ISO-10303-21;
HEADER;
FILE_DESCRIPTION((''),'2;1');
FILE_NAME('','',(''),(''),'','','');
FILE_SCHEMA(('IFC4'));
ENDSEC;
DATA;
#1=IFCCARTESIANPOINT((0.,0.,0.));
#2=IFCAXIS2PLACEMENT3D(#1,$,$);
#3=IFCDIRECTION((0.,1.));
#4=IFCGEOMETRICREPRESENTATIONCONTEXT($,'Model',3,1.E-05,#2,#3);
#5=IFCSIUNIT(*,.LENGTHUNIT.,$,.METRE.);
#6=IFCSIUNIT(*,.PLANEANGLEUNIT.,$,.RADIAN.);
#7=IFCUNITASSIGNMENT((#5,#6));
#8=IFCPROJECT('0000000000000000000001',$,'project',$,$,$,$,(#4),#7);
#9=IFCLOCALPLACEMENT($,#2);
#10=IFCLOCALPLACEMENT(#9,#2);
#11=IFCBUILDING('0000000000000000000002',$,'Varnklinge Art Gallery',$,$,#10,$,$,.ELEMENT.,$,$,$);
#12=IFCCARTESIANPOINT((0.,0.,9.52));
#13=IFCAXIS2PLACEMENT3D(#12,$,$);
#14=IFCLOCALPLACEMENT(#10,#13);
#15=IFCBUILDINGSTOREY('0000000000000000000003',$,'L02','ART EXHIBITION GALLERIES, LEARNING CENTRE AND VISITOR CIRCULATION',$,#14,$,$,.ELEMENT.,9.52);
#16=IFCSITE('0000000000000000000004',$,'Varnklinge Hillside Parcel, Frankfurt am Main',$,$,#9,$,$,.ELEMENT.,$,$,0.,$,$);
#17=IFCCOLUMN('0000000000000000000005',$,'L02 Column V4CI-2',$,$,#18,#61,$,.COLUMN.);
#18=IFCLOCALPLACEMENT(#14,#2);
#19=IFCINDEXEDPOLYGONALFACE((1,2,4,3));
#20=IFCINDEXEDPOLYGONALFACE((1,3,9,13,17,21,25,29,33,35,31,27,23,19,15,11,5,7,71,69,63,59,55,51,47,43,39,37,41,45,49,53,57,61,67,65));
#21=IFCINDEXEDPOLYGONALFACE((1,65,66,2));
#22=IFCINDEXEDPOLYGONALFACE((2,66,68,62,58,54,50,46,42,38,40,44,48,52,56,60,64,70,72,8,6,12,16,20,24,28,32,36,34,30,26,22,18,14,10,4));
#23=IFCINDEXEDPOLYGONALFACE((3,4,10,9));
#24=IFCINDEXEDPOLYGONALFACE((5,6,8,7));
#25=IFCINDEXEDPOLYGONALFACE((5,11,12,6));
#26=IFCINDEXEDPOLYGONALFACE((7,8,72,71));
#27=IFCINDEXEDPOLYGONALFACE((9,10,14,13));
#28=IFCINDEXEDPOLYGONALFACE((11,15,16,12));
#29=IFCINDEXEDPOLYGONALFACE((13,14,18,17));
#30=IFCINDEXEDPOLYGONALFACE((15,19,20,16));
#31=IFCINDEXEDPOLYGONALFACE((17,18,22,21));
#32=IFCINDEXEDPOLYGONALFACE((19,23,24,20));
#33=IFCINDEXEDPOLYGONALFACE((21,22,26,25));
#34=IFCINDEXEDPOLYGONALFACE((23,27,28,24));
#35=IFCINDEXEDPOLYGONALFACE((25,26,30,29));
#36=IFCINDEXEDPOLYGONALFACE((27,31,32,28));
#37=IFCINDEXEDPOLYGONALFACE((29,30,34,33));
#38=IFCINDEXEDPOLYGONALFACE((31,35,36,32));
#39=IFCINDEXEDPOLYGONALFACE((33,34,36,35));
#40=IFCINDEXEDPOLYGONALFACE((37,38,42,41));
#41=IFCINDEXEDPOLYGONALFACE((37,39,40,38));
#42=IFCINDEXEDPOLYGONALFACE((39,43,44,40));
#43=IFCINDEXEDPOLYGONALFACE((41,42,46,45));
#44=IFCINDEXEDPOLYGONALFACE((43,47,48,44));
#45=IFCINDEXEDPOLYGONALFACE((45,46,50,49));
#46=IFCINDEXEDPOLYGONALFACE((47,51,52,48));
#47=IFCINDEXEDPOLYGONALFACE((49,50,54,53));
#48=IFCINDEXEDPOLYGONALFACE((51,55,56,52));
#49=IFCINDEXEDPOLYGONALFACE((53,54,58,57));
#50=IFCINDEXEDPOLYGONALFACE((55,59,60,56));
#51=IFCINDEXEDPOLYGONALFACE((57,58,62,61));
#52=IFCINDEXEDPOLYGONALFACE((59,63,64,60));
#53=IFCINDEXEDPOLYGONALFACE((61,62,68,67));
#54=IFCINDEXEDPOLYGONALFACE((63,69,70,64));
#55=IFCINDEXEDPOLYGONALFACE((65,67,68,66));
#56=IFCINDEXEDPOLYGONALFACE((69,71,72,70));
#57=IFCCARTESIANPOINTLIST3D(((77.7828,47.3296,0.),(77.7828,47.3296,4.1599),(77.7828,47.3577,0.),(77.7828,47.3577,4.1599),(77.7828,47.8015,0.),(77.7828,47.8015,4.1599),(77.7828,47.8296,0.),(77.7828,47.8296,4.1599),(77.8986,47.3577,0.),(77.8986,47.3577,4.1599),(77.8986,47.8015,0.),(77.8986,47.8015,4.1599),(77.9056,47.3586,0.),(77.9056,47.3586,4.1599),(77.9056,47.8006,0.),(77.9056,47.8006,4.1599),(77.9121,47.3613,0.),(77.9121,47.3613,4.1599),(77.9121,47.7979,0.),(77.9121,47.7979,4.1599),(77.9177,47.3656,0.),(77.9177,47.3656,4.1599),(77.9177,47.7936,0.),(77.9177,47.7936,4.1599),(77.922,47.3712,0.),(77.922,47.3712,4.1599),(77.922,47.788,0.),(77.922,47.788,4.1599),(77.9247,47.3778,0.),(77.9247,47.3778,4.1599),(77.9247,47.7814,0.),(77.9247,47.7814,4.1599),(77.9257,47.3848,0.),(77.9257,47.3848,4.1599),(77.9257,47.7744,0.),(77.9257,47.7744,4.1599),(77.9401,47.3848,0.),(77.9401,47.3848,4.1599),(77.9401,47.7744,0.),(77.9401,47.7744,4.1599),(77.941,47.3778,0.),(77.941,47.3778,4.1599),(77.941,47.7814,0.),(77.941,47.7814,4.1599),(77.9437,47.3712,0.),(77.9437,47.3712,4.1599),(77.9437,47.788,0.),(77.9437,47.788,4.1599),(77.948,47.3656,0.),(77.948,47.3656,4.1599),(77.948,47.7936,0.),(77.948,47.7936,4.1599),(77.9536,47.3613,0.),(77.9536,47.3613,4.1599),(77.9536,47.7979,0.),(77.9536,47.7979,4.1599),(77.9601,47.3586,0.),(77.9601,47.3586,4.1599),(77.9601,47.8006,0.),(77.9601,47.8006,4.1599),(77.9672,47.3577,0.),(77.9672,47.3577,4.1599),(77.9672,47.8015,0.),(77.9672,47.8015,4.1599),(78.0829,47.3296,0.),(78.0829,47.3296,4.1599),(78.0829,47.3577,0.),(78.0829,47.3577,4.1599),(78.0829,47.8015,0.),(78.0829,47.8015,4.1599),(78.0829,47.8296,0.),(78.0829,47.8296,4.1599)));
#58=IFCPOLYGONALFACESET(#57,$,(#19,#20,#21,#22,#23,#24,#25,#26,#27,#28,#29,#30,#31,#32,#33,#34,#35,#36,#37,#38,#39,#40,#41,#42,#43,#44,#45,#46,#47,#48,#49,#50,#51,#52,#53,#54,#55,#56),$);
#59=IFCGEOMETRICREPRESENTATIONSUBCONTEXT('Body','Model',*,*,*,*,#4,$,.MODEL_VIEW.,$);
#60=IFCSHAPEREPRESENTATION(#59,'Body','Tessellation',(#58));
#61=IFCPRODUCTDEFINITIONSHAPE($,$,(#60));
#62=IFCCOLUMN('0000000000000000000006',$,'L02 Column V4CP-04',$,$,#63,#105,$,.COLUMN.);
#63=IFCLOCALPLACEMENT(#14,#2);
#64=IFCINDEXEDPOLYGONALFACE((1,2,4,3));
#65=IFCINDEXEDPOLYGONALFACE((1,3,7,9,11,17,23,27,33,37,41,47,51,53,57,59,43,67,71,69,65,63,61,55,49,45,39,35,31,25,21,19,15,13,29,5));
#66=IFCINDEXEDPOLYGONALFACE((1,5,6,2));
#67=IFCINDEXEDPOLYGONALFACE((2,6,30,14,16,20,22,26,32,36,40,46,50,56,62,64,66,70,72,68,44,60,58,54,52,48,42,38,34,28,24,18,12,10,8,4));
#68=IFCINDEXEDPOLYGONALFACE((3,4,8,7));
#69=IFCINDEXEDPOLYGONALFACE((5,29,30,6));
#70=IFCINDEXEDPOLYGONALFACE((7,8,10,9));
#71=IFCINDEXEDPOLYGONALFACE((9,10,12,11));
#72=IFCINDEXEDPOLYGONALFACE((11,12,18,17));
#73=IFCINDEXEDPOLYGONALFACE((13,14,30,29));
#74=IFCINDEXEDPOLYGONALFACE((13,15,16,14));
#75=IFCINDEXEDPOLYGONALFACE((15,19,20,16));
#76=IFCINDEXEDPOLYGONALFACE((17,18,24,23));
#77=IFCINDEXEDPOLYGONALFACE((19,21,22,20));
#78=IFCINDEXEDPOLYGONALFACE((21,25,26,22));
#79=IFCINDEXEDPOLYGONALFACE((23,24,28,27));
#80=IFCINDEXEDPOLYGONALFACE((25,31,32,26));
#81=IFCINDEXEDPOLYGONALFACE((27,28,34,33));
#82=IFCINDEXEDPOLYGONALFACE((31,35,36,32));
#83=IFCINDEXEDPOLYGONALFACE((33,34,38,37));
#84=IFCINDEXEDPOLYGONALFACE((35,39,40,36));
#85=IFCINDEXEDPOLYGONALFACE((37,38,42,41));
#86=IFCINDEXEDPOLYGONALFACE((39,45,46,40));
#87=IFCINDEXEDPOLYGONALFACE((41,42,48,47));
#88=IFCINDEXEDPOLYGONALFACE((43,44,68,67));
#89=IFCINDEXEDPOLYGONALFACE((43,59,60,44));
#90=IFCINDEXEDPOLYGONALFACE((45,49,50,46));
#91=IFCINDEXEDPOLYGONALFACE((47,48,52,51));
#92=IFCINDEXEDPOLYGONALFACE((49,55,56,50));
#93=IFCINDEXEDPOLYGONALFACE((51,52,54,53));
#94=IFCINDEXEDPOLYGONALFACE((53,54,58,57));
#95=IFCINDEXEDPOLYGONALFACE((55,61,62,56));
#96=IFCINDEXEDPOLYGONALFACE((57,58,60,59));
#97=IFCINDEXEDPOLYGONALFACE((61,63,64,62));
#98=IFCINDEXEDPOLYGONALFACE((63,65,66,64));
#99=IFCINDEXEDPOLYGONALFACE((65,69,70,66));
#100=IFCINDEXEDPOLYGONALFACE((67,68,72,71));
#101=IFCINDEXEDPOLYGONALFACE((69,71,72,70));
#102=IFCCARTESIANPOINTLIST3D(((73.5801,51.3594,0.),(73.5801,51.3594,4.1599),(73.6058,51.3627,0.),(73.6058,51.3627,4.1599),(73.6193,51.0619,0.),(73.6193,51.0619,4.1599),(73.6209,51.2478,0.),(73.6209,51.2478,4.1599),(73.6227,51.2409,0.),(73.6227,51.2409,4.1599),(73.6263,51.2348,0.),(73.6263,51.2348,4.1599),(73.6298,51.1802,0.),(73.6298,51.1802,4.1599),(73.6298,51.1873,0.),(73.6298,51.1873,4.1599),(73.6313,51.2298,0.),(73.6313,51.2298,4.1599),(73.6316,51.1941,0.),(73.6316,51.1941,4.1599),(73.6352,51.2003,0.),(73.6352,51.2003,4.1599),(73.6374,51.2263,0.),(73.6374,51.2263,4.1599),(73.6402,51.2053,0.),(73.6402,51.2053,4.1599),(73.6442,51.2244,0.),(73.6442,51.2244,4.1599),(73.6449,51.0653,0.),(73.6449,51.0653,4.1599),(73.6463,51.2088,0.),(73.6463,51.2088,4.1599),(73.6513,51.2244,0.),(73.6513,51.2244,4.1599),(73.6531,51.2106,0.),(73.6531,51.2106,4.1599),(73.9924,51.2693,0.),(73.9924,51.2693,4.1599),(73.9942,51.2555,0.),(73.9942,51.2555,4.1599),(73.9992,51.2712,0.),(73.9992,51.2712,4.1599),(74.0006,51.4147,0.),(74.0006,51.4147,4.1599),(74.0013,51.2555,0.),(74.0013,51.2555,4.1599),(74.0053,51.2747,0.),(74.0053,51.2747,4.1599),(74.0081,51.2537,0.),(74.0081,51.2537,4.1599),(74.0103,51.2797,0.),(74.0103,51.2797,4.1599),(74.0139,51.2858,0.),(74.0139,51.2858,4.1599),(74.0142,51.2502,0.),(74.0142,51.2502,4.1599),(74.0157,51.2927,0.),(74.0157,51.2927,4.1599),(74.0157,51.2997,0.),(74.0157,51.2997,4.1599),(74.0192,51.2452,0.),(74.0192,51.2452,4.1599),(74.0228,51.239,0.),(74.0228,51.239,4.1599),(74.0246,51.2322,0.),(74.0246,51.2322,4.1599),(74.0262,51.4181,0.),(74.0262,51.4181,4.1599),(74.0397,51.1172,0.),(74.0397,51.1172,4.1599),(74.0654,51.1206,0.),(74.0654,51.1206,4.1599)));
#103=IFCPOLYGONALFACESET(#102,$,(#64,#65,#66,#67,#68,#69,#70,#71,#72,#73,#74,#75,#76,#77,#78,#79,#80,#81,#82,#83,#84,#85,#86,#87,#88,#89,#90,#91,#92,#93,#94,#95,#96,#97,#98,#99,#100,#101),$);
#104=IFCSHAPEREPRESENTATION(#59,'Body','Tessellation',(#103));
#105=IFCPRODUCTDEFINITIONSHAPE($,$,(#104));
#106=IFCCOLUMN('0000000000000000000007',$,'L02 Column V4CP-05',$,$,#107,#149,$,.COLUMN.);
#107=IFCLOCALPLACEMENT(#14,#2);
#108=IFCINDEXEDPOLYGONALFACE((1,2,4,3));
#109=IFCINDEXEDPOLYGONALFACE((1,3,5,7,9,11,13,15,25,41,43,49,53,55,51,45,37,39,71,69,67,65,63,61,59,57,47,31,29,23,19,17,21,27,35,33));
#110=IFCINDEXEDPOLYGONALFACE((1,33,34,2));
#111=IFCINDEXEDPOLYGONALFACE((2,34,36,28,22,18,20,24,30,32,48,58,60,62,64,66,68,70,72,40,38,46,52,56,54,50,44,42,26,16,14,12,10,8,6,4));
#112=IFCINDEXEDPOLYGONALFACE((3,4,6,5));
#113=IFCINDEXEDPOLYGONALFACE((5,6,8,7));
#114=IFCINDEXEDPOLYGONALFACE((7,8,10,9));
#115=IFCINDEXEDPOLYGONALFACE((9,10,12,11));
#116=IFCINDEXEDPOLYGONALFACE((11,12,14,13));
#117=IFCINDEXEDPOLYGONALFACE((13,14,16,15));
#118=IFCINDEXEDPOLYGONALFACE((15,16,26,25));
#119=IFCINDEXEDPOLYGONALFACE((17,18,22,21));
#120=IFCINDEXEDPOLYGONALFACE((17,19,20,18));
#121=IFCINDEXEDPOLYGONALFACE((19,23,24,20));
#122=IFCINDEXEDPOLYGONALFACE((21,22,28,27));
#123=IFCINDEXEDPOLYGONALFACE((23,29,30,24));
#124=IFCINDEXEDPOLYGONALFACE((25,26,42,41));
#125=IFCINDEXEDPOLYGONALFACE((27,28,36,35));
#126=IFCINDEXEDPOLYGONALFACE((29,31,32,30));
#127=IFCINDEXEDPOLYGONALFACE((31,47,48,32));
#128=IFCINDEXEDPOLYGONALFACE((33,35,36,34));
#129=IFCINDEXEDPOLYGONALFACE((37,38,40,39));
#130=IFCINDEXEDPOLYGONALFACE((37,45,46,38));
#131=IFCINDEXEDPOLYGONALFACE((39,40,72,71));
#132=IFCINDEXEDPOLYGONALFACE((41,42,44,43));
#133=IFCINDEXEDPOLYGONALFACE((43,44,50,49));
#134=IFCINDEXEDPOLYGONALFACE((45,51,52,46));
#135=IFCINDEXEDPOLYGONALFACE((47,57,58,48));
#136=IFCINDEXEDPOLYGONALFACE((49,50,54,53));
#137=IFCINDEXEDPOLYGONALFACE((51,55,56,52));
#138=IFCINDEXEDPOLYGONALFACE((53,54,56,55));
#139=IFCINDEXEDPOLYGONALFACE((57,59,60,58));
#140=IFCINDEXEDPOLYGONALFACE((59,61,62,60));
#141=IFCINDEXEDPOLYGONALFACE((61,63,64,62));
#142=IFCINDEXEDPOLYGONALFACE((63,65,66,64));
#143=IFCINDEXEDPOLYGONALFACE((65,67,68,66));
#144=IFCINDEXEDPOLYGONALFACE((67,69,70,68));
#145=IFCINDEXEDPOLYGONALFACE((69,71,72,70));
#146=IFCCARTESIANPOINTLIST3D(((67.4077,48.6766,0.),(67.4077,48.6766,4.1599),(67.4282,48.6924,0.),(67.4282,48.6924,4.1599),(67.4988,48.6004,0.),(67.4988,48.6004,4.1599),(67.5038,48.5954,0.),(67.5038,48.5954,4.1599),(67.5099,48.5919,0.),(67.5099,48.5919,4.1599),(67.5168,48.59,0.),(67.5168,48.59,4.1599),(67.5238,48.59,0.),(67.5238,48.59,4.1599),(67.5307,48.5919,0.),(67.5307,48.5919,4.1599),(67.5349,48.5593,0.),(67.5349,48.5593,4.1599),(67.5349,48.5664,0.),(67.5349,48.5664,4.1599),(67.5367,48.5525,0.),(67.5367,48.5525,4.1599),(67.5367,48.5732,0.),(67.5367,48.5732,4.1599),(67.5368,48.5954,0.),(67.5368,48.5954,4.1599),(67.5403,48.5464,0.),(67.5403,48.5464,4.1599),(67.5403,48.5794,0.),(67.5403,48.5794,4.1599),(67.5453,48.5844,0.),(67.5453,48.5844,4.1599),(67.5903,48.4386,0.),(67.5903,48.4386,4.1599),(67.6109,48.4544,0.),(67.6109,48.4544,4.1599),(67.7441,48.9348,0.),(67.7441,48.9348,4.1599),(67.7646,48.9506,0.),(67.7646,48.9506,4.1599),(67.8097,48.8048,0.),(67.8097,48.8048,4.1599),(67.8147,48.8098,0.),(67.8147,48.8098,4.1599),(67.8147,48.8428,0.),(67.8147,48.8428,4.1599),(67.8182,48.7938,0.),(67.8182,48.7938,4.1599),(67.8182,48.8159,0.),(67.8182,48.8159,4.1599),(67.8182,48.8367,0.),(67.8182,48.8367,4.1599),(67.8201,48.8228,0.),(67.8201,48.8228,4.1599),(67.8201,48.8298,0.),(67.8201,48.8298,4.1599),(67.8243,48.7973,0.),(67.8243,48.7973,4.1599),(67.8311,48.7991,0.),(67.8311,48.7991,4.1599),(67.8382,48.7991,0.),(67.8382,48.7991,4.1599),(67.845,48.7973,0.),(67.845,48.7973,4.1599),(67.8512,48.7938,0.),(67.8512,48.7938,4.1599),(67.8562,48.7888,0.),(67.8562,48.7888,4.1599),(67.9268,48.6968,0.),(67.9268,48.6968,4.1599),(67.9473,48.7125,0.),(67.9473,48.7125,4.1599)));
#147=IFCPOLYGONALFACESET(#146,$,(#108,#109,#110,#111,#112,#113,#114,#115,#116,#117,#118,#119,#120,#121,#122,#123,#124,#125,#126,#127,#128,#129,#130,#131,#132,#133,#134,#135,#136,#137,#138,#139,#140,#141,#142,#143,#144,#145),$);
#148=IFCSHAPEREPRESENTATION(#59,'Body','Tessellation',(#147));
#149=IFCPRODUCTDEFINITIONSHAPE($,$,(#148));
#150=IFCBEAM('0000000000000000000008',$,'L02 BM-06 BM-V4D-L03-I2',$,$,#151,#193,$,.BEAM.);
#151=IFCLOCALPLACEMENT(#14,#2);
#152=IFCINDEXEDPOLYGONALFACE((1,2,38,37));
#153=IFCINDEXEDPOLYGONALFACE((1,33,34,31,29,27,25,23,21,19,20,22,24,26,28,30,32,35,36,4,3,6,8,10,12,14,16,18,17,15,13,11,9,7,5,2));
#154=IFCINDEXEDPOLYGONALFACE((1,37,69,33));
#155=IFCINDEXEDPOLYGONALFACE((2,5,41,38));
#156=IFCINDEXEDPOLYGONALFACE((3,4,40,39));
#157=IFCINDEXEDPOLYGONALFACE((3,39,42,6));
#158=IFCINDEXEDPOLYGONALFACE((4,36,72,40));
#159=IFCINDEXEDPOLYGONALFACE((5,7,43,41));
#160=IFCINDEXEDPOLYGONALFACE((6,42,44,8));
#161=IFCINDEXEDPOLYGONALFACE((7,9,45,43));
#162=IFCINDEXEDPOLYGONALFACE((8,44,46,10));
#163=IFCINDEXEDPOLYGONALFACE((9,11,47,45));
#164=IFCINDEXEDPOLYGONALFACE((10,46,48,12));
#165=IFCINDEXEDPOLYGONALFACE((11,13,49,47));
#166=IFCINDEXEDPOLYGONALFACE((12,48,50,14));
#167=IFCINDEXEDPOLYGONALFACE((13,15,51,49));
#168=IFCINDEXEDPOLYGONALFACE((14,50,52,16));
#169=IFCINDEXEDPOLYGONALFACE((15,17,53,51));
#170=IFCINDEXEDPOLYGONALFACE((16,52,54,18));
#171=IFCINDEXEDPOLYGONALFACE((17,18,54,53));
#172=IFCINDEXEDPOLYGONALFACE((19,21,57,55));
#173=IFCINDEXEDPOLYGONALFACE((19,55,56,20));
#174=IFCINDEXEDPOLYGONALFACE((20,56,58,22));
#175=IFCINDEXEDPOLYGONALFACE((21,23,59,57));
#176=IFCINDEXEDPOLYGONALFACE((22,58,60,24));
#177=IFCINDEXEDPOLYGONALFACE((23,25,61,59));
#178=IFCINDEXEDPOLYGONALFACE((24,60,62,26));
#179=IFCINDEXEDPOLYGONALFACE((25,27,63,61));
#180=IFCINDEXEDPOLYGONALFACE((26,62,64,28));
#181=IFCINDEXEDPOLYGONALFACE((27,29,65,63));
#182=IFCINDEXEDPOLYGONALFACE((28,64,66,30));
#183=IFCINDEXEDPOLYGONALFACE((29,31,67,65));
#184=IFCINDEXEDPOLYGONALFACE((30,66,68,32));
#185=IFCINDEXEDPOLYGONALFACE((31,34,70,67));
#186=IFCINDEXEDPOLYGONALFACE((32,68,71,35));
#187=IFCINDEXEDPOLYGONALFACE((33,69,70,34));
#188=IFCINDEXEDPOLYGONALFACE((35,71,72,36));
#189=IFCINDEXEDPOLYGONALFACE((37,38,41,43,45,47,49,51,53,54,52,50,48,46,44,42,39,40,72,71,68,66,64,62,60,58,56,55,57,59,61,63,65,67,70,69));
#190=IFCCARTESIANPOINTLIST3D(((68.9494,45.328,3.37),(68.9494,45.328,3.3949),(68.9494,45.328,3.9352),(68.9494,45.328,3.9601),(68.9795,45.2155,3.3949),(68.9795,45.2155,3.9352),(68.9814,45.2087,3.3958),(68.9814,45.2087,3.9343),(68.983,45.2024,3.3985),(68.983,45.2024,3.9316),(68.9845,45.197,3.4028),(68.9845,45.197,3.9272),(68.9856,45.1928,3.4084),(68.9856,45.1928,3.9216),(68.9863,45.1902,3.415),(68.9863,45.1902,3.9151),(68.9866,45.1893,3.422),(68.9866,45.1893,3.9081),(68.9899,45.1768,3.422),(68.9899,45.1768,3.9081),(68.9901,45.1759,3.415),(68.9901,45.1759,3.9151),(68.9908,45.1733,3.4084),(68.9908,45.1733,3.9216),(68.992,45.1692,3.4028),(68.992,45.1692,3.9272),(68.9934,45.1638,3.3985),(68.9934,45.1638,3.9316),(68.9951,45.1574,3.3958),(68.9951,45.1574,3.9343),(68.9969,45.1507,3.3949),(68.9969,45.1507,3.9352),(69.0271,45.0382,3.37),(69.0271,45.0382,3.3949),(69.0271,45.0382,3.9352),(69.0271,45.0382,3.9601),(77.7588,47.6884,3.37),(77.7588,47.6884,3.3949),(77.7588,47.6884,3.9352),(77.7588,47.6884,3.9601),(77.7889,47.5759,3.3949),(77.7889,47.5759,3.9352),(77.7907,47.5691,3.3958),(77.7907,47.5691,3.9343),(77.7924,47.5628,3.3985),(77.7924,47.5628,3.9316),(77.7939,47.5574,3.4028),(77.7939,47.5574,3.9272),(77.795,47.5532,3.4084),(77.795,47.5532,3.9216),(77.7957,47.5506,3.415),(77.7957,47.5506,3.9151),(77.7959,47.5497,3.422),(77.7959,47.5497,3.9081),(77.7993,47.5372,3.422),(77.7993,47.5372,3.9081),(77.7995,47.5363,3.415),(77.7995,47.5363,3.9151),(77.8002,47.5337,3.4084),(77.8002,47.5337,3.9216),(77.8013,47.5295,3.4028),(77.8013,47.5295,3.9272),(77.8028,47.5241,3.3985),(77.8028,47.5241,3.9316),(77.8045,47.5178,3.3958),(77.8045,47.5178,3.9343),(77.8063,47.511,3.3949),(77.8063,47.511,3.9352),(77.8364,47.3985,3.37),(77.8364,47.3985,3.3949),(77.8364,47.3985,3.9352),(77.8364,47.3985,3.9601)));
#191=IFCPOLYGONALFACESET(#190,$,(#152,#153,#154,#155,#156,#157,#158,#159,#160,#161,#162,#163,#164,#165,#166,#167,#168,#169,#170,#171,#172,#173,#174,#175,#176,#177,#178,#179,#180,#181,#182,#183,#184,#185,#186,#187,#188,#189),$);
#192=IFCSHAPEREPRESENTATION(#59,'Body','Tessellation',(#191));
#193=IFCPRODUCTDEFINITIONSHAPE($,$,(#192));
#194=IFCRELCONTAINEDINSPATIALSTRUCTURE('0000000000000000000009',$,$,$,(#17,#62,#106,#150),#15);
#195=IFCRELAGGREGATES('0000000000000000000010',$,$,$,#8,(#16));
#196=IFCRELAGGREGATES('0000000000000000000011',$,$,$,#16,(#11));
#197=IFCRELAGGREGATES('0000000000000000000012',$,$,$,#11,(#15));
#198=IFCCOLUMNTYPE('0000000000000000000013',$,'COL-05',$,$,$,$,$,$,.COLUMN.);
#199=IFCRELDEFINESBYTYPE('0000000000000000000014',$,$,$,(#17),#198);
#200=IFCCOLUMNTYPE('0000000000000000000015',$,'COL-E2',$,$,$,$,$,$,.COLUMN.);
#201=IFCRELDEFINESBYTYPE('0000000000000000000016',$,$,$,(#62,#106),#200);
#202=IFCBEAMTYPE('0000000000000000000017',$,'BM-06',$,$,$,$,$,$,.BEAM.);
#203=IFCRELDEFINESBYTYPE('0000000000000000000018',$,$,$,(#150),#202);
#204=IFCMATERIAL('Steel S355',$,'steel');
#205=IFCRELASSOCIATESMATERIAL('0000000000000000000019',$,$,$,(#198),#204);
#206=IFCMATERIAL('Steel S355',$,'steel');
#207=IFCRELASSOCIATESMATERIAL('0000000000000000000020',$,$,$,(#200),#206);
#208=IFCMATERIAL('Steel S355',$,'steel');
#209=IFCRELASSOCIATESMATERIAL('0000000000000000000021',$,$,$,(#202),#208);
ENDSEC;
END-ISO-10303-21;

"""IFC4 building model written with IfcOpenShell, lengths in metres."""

from ifc_helpers import new_model, si_unit, direction, frame, origin, origin_2d, place, context, subcontext, project, spatial, i_section, extrude, material, material_profile, profile_set, type_object, element, save


model = new_model("IFC4")

# Units and contexts
model_context = context("Model", 3, precision=1e-05, world=origin(), true_north=direction((0.0, 1.0)))
body_context = subcontext(model_context, "Body", "Model", "MODEL_VIEW")
ifc_project = project(units=[si_unit("LENGTHUNIT", "METRE"), si_unit("PLANEANGLEUNIT", "RADIAN")], contexts=[model_context])

# Site, building, storey
site_placement = place(None, origin())
site = spatial("IfcSite", under=ifc_project, at=site_placement, Name="Varnklinge Hillside Parcel, Frankfurt am Main", CompositionType="ELEMENT", RefElevation=0.0)
building_placement = place(site_placement, origin())
building = spatial("IfcBuilding", under=site, at=building_placement, Name="Varnklinge Art Gallery", CompositionType="ELEMENT")
storey_placement = place(building_placement, frame((0.0, 0.0, 9.52)))
storey = spatial("IfcBuildingStorey", under=building, at=storey_placement, Name="L02", Description="ART EXHIBITION GALLERIES, LEARNING CENTRE AND VISITOR CIRCULATION", CompositionType="ELEMENT", Elevation=9.52)

# Columns
ifc_material_1 = material(Name="Steel S355", Category="steel")
ifc_material_profile_1 = material_profile(ifc_material_1, i_section(OverallWidth=0.3, OverallDepth=0.5, WebThickness=0.0144, FlangeThickness=0.0281, FilletRadius=0.0271, at=origin_2d()), Name="HEB 500")
ifc_profile_set_1 = profile_set([ifc_material_profile_1], Name="Steel S355")
column_type_1 = type_object("IfcColumnType", Name="COL-05", PredefinedType="COLUMN", material=ifc_profile_set_1)
column_placement = place(storey_placement, frame((77.9329, 47.5796, 0.0), z_axis=(0.0, 0.0, 1.0), x_axis=(1.0, 0.0, 0.0)))
element("IfcColumn", 1, at=column_placement, inside=storey, type_object=column_type_1, Name="L02 Column V4CI-2", PredefinedType="COLUMN", context=body_context, shape_type="SweptSolid", body=[
    extrude(i_section(OverallWidth=0.3, OverallDepth=0.5, WebThickness=0.0144, FlangeThickness=0.0281, FilletRadius=0.0271, at=origin_2d()), origin(), (0.0, 0.0, 1.0), 4.1599),
])
ifc_material_2 = material(Name="Steel S355", Category="steel")
ifc_material_profile_2 = material_profile(ifc_material_2, i_section(OverallWidth=0.3, OverallDepth=0.45, WebThickness=0.0139, FlangeThickness=0.0259, FilletRadius=0.0271, at=origin_2d()), Name="HEB 450")
ifc_profile_set_2 = profile_set([ifc_material_profile_2], Name="Steel S355")
column_type_2 = type_object("IfcColumnType", Name="COL-E2", PredefinedType="COLUMN", material=ifc_profile_set_2)
for number, where, z_axis, x_axis, name in (
    (2, (73.8228, 51.24, 0.0), (0.0, 0.0, 1.0), (-0.130526, 0.991445, 0.0), "L02 Column V4CP-04"),
    (3, (67.6775, 48.6946, 0.0), (0.0, 0.0, 1.0), (-0.608761, 0.793353, 0.0), "L02 Column V4CP-05"),
):
    element("IfcColumn", number, at=place(storey_placement, frame(where, z_axis=z_axis, x_axis=x_axis)), inside=storey, type_object=column_type_2, Name=name, PredefinedType="COLUMN", context=body_context, shape_type="SweptSolid", body=[
        extrude(i_section(OverallWidth=0.3, OverallDepth=0.45, WebThickness=0.0139, FlangeThickness=0.0259, FilletRadius=0.0271, at=origin_2d()), origin(), (0.0, 0.0, 1.0), 4.1599),
    ])

# Beam
ifc_material_3 = material(Name="Steel S355", Category="steel")
ifc_material_profile_3 = material_profile(ifc_material_3, i_section(OverallWidth=0.3, OverallDepth=0.5901, WebThickness=0.0129, FlangeThickness=0.0249, FilletRadius=0.0271, at=origin_2d()), Name="HEA 600")
ifc_profile_set_3 = profile_set([ifc_material_profile_3], Name="Steel S355")
beam_type_1 = type_object("IfcBeamType", Name="BM-06", PredefinedType="BEAM", material=ifc_profile_set_3)
beam_1_placement = place(storey_placement, frame((77.7976, 47.5435, 3.665), z_axis=(-0.965929, -0.258809, 0.0), x_axis=(0.258809, -0.965929, 0.0)))
element("IfcBeam", 4, at=beam_1_placement, inside=storey, type_object=beam_type_1, Name="L02 BM-06 BM-V4D-L03-I2", PredefinedType="BEAM", context=body_context, shape_type="SweptSolid", body=[
    extrude(i_section(OverallWidth=0.3, OverallDepth=0.5901, WebThickness=0.0129, FlangeThickness=0.0249, FilletRadius=0.0271, at=origin_2d()), origin(), (0.0, 0.0, 1.0), 9.1201),
])

save(model, "model.ifc")
